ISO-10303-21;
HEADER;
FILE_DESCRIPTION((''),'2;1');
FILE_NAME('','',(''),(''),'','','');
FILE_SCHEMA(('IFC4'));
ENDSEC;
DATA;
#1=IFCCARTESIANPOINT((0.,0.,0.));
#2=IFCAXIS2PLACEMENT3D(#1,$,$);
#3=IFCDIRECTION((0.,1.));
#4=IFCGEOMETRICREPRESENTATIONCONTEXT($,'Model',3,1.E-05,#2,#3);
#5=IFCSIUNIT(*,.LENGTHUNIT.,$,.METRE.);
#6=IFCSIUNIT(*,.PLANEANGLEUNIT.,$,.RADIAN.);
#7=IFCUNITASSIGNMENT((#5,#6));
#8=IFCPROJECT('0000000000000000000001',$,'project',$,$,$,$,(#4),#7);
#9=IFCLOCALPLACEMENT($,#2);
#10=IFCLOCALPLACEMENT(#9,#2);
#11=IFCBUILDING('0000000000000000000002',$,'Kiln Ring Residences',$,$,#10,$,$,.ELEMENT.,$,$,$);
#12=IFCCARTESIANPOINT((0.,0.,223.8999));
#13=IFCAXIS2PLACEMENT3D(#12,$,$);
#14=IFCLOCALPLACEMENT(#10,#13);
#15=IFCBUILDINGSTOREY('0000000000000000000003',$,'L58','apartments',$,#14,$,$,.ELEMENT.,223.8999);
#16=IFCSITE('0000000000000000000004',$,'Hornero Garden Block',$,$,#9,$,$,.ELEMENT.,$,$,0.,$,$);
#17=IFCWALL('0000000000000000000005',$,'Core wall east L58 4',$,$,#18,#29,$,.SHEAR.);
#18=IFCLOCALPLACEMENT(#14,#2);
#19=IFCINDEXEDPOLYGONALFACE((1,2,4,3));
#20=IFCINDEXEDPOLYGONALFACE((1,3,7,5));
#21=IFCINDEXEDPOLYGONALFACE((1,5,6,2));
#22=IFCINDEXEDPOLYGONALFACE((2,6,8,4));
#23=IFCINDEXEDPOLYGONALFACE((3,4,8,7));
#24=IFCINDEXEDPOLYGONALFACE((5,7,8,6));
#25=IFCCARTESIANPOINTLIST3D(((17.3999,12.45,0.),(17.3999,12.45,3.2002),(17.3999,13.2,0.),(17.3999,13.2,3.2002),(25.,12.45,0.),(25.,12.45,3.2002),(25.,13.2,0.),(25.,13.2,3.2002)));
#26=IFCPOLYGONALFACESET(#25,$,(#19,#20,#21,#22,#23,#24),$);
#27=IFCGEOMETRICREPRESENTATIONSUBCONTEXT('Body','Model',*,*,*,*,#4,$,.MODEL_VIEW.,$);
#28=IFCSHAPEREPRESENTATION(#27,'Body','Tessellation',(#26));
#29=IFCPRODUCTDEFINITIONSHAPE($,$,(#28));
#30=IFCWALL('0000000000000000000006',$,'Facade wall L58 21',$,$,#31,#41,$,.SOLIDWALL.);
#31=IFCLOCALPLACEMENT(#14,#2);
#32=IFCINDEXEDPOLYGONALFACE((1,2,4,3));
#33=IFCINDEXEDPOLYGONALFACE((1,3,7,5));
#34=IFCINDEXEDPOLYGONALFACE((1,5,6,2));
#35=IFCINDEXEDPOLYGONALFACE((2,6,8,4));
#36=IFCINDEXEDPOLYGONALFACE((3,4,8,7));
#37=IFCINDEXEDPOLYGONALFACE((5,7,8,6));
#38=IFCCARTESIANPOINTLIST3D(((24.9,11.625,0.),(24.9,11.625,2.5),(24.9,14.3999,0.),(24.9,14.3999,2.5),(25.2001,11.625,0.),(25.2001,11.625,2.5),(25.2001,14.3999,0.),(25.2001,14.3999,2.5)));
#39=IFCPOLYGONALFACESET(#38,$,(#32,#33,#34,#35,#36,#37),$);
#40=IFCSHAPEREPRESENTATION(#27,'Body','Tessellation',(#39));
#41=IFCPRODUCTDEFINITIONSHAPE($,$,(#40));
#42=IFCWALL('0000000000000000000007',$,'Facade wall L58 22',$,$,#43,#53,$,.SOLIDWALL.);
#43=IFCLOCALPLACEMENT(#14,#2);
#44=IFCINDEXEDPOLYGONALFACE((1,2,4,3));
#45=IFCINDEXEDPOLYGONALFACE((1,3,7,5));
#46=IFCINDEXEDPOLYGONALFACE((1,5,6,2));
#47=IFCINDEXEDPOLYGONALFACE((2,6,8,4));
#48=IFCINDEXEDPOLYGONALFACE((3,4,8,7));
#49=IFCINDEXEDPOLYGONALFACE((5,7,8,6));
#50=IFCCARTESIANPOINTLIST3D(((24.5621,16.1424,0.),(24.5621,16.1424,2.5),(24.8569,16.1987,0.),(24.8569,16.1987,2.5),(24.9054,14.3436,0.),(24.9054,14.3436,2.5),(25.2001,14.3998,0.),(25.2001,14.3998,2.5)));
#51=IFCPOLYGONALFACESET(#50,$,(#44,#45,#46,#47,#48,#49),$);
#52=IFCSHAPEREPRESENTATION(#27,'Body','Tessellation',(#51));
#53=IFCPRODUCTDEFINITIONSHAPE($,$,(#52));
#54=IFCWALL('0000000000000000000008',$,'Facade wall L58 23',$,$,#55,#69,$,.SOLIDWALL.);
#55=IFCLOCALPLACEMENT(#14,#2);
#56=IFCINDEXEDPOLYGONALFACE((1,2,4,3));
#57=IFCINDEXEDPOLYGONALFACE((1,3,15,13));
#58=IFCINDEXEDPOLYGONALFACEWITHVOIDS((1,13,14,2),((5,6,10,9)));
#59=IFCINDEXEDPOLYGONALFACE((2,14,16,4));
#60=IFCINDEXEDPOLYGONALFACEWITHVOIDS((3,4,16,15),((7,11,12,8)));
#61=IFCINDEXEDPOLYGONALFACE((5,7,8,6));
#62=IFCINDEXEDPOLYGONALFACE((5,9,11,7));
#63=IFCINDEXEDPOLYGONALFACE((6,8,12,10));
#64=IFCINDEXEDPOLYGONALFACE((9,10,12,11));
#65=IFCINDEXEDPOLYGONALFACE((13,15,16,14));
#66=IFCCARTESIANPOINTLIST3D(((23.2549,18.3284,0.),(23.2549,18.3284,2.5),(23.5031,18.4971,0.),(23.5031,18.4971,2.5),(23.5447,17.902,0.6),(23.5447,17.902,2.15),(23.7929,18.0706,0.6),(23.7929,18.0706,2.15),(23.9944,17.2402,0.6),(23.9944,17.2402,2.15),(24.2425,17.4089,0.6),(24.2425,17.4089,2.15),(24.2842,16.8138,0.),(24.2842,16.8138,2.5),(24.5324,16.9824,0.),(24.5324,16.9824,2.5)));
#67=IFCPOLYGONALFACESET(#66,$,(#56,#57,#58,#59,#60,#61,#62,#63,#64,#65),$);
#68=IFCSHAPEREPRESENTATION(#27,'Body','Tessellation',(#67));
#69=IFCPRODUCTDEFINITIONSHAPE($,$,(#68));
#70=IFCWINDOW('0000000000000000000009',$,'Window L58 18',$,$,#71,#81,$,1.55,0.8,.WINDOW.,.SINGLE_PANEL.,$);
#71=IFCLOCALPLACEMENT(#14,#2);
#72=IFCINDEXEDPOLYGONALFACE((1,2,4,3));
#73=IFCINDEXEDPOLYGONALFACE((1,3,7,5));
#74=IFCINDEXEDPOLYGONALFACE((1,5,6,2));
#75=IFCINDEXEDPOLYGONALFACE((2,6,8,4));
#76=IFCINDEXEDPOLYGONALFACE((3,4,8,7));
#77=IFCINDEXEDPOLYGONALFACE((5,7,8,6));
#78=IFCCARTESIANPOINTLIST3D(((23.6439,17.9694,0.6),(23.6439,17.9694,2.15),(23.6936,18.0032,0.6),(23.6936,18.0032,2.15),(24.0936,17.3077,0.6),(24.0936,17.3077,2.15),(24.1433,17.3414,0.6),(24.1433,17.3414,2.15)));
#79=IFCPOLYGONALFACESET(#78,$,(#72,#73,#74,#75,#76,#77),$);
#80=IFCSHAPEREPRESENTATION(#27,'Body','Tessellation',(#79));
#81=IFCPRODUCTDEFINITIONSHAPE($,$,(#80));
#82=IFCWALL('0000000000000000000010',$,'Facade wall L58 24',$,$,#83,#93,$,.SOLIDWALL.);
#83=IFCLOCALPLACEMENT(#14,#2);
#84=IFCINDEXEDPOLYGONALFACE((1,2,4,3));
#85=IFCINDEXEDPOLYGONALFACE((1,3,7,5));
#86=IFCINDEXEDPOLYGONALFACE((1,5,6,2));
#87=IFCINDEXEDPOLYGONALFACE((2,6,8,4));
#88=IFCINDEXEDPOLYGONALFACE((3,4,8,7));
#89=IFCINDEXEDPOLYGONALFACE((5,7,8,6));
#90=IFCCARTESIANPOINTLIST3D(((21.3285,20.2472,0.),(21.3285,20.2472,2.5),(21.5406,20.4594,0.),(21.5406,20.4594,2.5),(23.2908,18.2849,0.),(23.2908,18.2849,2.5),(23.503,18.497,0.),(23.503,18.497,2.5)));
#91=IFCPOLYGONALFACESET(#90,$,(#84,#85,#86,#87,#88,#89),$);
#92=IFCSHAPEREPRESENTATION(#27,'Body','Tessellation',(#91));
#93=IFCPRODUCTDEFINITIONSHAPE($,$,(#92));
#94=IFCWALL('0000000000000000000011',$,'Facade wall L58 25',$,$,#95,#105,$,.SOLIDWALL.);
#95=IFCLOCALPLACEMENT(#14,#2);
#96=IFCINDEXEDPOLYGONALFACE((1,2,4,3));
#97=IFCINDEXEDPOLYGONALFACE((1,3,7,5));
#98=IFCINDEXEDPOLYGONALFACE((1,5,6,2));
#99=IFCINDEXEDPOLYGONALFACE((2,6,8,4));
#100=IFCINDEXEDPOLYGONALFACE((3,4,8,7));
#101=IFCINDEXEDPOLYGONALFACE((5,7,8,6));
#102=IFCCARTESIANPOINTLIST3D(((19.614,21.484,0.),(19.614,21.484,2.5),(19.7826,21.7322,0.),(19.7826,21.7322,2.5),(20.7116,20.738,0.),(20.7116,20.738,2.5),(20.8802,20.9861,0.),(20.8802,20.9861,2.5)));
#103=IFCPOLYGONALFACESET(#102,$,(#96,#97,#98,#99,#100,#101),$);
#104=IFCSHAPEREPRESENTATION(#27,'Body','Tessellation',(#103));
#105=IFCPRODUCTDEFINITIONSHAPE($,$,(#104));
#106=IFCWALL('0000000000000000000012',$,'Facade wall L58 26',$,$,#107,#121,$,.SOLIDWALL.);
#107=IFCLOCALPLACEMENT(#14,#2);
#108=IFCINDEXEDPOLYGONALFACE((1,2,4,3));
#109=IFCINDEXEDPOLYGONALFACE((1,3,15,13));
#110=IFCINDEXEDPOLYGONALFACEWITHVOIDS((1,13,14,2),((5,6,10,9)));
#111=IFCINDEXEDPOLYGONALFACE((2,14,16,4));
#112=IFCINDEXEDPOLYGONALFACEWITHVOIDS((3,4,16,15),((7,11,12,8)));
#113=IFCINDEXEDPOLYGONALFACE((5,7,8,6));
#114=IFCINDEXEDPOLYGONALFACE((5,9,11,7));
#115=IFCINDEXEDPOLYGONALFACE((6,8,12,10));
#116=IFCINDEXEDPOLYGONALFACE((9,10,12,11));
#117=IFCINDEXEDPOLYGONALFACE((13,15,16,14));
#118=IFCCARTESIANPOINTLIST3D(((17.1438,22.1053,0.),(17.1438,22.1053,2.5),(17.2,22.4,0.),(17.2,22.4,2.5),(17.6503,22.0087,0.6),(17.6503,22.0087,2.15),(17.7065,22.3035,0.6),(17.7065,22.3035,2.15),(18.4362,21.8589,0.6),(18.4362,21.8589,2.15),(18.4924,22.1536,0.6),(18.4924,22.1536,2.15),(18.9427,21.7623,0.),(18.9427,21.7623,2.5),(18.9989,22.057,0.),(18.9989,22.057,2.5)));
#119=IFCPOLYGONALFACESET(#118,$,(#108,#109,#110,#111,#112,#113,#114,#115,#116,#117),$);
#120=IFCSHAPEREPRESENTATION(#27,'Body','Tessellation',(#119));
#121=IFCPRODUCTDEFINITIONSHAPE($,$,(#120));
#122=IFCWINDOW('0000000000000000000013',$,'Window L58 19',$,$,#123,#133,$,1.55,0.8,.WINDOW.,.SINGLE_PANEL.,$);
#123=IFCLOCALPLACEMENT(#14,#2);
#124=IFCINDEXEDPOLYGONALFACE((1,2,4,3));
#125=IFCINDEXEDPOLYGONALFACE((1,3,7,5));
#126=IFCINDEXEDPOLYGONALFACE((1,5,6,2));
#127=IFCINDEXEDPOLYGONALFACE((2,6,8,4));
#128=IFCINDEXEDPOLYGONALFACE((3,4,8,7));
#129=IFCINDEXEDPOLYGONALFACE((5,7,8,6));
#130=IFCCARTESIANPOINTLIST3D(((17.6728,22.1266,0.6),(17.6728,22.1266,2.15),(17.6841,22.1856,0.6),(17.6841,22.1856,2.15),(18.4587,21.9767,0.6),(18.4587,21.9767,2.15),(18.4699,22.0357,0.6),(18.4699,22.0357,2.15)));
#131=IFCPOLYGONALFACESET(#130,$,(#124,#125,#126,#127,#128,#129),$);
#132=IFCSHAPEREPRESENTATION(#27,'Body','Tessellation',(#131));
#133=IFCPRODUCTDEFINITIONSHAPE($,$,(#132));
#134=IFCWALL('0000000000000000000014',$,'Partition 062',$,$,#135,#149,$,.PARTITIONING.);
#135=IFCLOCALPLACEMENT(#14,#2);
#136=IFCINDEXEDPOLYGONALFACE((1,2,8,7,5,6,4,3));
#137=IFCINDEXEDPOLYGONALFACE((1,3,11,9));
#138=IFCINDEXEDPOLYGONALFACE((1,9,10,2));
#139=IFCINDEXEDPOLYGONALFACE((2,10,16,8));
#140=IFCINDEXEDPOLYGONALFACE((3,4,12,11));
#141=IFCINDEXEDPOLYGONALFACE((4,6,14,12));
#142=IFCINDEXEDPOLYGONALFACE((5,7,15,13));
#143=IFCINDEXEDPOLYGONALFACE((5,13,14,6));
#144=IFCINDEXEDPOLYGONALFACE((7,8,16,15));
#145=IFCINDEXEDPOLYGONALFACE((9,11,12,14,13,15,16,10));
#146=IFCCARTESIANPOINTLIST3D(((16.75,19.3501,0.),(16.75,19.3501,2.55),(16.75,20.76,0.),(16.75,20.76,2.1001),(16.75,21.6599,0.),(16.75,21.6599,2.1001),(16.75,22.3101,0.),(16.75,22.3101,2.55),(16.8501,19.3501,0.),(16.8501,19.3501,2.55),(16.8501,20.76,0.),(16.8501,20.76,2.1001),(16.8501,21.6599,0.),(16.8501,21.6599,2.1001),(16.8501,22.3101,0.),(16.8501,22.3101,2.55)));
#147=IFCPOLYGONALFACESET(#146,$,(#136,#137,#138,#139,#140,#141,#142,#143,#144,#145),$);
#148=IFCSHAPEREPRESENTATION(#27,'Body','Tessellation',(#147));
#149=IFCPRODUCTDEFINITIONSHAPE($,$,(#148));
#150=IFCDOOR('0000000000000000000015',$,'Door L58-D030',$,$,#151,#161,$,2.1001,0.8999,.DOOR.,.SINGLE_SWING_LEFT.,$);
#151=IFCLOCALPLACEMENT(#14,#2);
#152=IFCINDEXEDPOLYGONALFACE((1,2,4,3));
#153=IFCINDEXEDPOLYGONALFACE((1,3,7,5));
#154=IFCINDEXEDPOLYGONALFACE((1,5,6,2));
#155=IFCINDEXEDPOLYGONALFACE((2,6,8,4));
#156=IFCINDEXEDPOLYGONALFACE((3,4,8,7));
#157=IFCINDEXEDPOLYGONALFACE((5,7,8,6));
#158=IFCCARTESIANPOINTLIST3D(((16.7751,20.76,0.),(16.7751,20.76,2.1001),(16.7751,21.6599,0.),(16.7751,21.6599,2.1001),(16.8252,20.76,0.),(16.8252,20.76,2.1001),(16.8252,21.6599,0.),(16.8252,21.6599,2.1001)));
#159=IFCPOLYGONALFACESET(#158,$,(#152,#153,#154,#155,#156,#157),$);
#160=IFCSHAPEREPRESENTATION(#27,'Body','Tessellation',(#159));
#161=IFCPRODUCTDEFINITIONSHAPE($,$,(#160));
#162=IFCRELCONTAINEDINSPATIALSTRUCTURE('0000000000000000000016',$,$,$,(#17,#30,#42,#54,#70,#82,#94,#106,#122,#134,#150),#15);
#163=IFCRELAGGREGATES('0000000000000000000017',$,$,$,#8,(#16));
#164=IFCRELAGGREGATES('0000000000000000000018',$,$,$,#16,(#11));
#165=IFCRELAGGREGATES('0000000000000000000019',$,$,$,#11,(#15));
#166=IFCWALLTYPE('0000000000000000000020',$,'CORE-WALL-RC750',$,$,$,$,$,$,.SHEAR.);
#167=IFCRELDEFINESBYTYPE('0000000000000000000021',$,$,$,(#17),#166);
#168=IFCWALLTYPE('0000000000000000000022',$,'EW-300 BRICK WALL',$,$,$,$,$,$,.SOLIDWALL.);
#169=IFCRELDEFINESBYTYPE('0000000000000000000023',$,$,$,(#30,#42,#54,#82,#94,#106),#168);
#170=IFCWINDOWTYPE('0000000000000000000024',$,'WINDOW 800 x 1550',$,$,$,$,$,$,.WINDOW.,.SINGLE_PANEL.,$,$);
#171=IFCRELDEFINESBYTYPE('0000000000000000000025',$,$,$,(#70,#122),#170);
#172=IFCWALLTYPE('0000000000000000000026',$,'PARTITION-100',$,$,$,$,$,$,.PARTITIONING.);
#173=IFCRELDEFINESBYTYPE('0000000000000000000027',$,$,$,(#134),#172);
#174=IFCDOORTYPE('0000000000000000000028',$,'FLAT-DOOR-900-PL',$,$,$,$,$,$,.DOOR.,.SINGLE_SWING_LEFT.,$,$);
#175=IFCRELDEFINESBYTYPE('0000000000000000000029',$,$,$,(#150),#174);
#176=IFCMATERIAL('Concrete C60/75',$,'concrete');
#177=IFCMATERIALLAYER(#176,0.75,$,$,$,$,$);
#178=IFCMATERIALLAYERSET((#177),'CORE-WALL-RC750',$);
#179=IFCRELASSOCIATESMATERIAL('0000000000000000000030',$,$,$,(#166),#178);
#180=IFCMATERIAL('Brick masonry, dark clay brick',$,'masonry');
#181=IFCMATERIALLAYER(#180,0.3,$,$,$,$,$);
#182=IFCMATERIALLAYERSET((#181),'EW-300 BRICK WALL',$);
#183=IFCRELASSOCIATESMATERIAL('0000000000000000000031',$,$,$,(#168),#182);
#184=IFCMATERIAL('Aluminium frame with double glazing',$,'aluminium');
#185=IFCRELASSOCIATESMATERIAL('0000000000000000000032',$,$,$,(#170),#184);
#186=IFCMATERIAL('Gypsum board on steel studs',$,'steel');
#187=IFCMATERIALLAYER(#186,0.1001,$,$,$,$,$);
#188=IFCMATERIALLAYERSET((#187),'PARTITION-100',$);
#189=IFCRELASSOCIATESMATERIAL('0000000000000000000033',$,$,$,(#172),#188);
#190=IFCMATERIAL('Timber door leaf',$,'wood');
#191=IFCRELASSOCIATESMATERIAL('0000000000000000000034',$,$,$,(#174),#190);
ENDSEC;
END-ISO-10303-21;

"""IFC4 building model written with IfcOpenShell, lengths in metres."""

from ifc_helpers import new_model, si_unit, direction, frame, frame_2d, origin, place, context, subcontext, project, spatial, rectangle, extrude, material, layer, layer_set, type_object, element, fill, save


model = new_model("IFC4")

# Units and contexts
model_context = context("Model", 3, precision=1e-05, world=origin(), true_north=direction((0.0, 1.0)))
body_context = subcontext(model_context, "Body", "Model", "MODEL_VIEW")
ifc_project = project(units=[si_unit("LENGTHUNIT", "METRE"), si_unit("PLANEANGLEUNIT", "RADIAN")], contexts=[model_context])

# Site, building, storey
site_placement = place(None, origin())
site = spatial("IfcSite", under=ifc_project, at=site_placement, Name="Hornero Garden Block", CompositionType="ELEMENT", RefElevation=0.0)
building_placement = place(site_placement, origin())
building = spatial("IfcBuilding", under=site, at=building_placement, Name="Kiln Ring Residences", CompositionType="ELEMENT")
storey_placement = place(building_placement, frame((0.0, 0.0, 223.8999)))
storey = spatial("IfcBuildingStorey", under=building, at=storey_placement, Name="L58", Description="apartments", CompositionType="ELEMENT", Elevation=223.8999)

# Walls
ifc_material_1 = material(Name="Concrete C60/75", Category="concrete")
ifc_layer_1 = layer(ifc_material_1, 0.75)
ifc_layer_set_1 = layer_set([ifc_layer_1], Name="CORE-WALL-RC750")
wall_type_1 = type_object("IfcWallType", Name="CORE-WALL-RC750", PredefinedType="SHEAR", material=ifc_layer_set_1)
wall_1_placement = place(storey_placement, frame((17.3999, 12.825, 0.0), z_axis=(0.0, 0.0, 1.0), x_axis=(1.0, 0.0, 0.0)))
element("IfcWall", 1, at=wall_1_placement, inside=storey, type_object=wall_type_1, Name="Core wall east L58 4", PredefinedType="SHEAR", context=body_context, shape_type="SweptSolid", body=[
    extrude(rectangle(XDim=7.6001, YDim=0.75, at=frame_2d((3.8, 0.0))), origin(), (0.0, 0.0, 1.0), 3.2002),
])
ifc_material_2 = material(Name="Brick masonry, dark clay brick", Category="masonry")
ifc_layer_2 = layer(ifc_material_2, 0.3)
ifc_layer_set_2 = layer_set([ifc_layer_2], Name="EW-300 BRICK WALL")
wall_type_2 = type_object("IfcWallType", Name="EW-300 BRICK WALL", PredefinedType="SOLIDWALL", material=ifc_layer_set_2)
wall_2_placement = place(storey_placement, frame((25.05, 11.625, 0.0), z_axis=(0.0, 0.0, 1.0), x_axis=(0.0, 1.0, 0.0)))
element("IfcWall", 2, at=wall_2_placement, inside=storey, type_object=wall_type_2, Name="Facade wall L58 21", PredefinedType="SOLIDWALL", context=body_context, shape_type="SweptSolid", body=[
    extrude(rectangle(XDim=2.7749, YDim=0.3, at=frame_2d((1.3875, 0.0))), origin(), (0.0, 0.0, 1.0), 2.5),
])
wall_3_placement = place(storey_placement, frame((25.0527, 14.3718, 0.0), z_axis=(0.0, 0.0, 1.0), x_axis=(-0.187443, 0.982275, 0.0)))
element("IfcWall", 3, at=wall_3_placement, inside=storey, type_object=wall_type_2, Name="Facade wall L58 22", PredefinedType="SOLIDWALL", context=body_context, shape_type="SweptSolid", body=[
    extrude(rectangle(XDim=1.8313, YDim=0.3, at=frame_2d((0.9155, 0.0))), origin(), (0.0, 0.0, 1.0), 2.5),
])

# Wall, opening, window
wall_4_placement = place(storey_placement, frame((24.4082, 16.8982, 0.0), z_axis=(0.0, 0.0, 1.0), x_axis=(-0.562062, 0.827095, 0.0)))
wall_4 = element("IfcWall", 4, at=wall_4_placement, inside=storey, type_object=wall_type_2, Name="Facade wall L58 23", PredefinedType="SOLIDWALL", context=body_context, shape_type="SweptSolid", body=[
    extrude(rectangle(XDim=1.8313, YDim=0.3, at=frame_2d((0.9155, 0.0))), origin(), (0.0, 0.0, 1.0), 2.5),
])
opening_1_placement = place(wall_4_placement, frame((0.5156, 0.0, 0.6001)))
opening_1 = element("IfcOpeningElement", 5, at=opening_1_placement, cuts=wall_4, PredefinedType="OPENING", context=body_context, shape_type="SweptSolid", body=[
    extrude(rectangle(XDim=0.8, YDim=1.55, at=frame_2d((0.3999, 0.7749))), frame((0.0, 0.1599, 0.0), z_axis=(0.0, -1.0, 0.0), x_axis=(1.0, 0.0, 0.0)), (0.0, 0.0, 1.0), 0.3201),
])
ifc_material_3 = material(Name="Aluminium frame with double glazing", Category="aluminium")
window_type = type_object("IfcWindowType", Name="WINDOW 800 x 1550", PartitioningType="SINGLE_PANEL", PredefinedType="WINDOW", material=ifc_material_3)
window_1_placement = place(opening_1_placement, origin())
window_1 = element("IfcWindow", 6, at=window_1_placement, inside=storey, type_object=window_type, Name="Window L58 18", OverallHeight=1.55, OverallWidth=0.8, PartitioningType="SINGLE_PANEL", PredefinedType="WINDOW", context=body_context, shape_type="SweptSolid", body=[
    extrude(rectangle(XDim=0.8, YDim=1.55, at=frame_2d((0.3999, 0.7749))), frame((0.0, 0.03, 0.0), z_axis=(0.0, -1.0, 0.0), x_axis=(1.0, 0.0, 0.0)), (0.0, 0.0, 1.0), 0.0601),
])
fill(opening_1, window_1)

# Walls
wall_5_placement = place(storey_placement, frame((23.397, 18.3909, 0.0), z_axis=(0.0, 0.0, 1.0), x_axis=(-0.707107, 0.707107, 0.0)))
element("IfcWall", 7, at=wall_5_placement, inside=storey, type_object=wall_type_2, Name="Facade wall L58 24", PredefinedType="SOLIDWALL", context=body_context, shape_type="SweptSolid", body=[
    extrude(rectangle(XDim=2.7751, YDim=0.3, at=frame_2d((1.3877, 0.0))), origin(), (0.0, 0.0, 1.0), 2.5),
])
wall_6_placement = place(storey_placement, frame((20.7959, 20.8621, 0.0), z_axis=(0.0, 0.0, 1.0), x_axis=(-0.827036, 0.562149, 0.0)))
element("IfcWall", 8, at=wall_6_placement, inside=storey, type_object=wall_type_2, Name="Facade wall L58 25", PredefinedType="SOLIDWALL", context=body_context, shape_type="SweptSolid", body=[
    extrude(rectangle(XDim=1.3271, YDim=0.3, at=frame_2d((0.6636, 0.0))), origin(), (0.0, 0.0, 1.0), 2.5),
])

# Wall, opening, window
wall_7_placement = place(storey_placement, frame((18.9707, 21.9097, 0.0), z_axis=(0.0, 0.0, 1.0), x_axis=(-0.9823, 0.187314, 0.0)))
wall_7 = element("IfcWall", 9, at=wall_7_placement, inside=storey, type_object=wall_type_2, Name="Facade wall L58 26", PredefinedType="SOLIDWALL", context=body_context, shape_type="SweptSolid", body=[
    extrude(rectangle(XDim=1.8313, YDim=0.3, at=frame_2d((0.9155, 0.0))), origin(), (0.0, 0.0, 1.0), 2.5),
])
opening_2_placement = place(wall_7_placement, frame((0.5156, 0.0, 0.6001)))
opening_2 = element("IfcOpeningElement", 10, at=opening_2_placement, cuts=wall_7, PredefinedType="OPENING", context=body_context, shape_type="SweptSolid", body=[
    extrude(rectangle(XDim=0.8, YDim=1.55, at=frame_2d((0.3999, 0.7749))), frame((0.0, 0.1599, 0.0), z_axis=(0.0, -1.0, 0.0), x_axis=(1.0, 0.0, 0.0)), (0.0, 0.0, 1.0), 0.3201),
])
window_2_placement = place(opening_2_placement, origin())
window_2 = element("IfcWindow", 11, at=window_2_placement, inside=storey, type_object=window_type, Name="Window L58 19", OverallHeight=1.55, OverallWidth=0.8, PartitioningType="SINGLE_PANEL", PredefinedType="WINDOW", context=body_context, shape_type="SweptSolid", body=[
    extrude(rectangle(XDim=0.8, YDim=1.55, at=frame_2d((0.3999, 0.7749))), frame((0.0, 0.03, 0.0), z_axis=(0.0, -1.0, 0.0), x_axis=(1.0, 0.0, 0.0)), (0.0, 0.0, 1.0), 0.0601),
])
fill(opening_2, window_2)

# Wall, opening, door
ifc_material_4 = material(Name="Gypsum board on steel studs", Category="steel")
ifc_layer_3 = layer(ifc_material_4, 0.1001)
ifc_layer_set_3 = layer_set([ifc_layer_3], Name="PARTITION-100")
wall_type_3 = type_object("IfcWallType", Name="PARTITION-100", PredefinedType="PARTITIONING", material=ifc_layer_set_3)
wall_8_placement = place(storey_placement, frame((16.8, 19.3501, 0.0), z_axis=(0.0, 0.0, 1.0), x_axis=(0.0, 1.0, 0.0)))
wall_8 = element("IfcWall", 12, at=wall_8_placement, inside=storey, type_object=wall_type_3, Name="Partition 062", PredefinedType="PARTITIONING", context=body_context, shape_type="SweptSolid", body=[
    extrude(rectangle(XDim=2.96, YDim=0.1001, at=frame_2d((1.48, 0.0))), origin(), (0.0, 0.0, 1.0), 2.55),
])
opening_3_placement = place(wall_8_placement, frame((1.4099, 0.0, 0.0)))
opening_3 = element("IfcOpeningElement", 13, at=opening_3_placement, cuts=wall_8, PredefinedType="OPENING", context=body_context, shape_type="SweptSolid", body=[
    extrude(rectangle(XDim=0.8999, YDim=2.1001, at=frame_2d((0.45, 1.05))), frame((0.0, 0.0601, 0.0), z_axis=(0.0, -1.0, 0.0), x_axis=(1.0, 0.0, 0.0)), (0.0, 0.0, 1.0), 0.1201),
])
ifc_material_5 = material(Name="Timber door leaf", Category="wood")
door_type_1 = type_object("IfcDoorType", Name="FLAT-DOOR-900-PL", OperationType="SINGLE_SWING_LEFT", PredefinedType="DOOR", material=ifc_material_5)
door_1_placement = place(opening_3_placement, origin())
door_1 = element("IfcDoor", 14, at=door_1_placement, inside=storey, type_object=door_type_1, Name="Door L58-D030", OperationType="SINGLE_SWING_LEFT", OverallHeight=2.1001, OverallWidth=0.8999, PredefinedType="DOOR", context=body_context, shape_type="SweptSolid", body=[
    extrude(rectangle(XDim=0.8999, YDim=2.1001, at=frame_2d((0.45, 1.05))), frame((0.0, 0.0249, 0.0), z_axis=(0.0, -1.0, 0.0), x_axis=(1.0, 0.0, 0.0)), (0.0, 0.0, 1.0), 0.05),
])
fill(opening_3, door_1)

save(model, "model.ifc")
